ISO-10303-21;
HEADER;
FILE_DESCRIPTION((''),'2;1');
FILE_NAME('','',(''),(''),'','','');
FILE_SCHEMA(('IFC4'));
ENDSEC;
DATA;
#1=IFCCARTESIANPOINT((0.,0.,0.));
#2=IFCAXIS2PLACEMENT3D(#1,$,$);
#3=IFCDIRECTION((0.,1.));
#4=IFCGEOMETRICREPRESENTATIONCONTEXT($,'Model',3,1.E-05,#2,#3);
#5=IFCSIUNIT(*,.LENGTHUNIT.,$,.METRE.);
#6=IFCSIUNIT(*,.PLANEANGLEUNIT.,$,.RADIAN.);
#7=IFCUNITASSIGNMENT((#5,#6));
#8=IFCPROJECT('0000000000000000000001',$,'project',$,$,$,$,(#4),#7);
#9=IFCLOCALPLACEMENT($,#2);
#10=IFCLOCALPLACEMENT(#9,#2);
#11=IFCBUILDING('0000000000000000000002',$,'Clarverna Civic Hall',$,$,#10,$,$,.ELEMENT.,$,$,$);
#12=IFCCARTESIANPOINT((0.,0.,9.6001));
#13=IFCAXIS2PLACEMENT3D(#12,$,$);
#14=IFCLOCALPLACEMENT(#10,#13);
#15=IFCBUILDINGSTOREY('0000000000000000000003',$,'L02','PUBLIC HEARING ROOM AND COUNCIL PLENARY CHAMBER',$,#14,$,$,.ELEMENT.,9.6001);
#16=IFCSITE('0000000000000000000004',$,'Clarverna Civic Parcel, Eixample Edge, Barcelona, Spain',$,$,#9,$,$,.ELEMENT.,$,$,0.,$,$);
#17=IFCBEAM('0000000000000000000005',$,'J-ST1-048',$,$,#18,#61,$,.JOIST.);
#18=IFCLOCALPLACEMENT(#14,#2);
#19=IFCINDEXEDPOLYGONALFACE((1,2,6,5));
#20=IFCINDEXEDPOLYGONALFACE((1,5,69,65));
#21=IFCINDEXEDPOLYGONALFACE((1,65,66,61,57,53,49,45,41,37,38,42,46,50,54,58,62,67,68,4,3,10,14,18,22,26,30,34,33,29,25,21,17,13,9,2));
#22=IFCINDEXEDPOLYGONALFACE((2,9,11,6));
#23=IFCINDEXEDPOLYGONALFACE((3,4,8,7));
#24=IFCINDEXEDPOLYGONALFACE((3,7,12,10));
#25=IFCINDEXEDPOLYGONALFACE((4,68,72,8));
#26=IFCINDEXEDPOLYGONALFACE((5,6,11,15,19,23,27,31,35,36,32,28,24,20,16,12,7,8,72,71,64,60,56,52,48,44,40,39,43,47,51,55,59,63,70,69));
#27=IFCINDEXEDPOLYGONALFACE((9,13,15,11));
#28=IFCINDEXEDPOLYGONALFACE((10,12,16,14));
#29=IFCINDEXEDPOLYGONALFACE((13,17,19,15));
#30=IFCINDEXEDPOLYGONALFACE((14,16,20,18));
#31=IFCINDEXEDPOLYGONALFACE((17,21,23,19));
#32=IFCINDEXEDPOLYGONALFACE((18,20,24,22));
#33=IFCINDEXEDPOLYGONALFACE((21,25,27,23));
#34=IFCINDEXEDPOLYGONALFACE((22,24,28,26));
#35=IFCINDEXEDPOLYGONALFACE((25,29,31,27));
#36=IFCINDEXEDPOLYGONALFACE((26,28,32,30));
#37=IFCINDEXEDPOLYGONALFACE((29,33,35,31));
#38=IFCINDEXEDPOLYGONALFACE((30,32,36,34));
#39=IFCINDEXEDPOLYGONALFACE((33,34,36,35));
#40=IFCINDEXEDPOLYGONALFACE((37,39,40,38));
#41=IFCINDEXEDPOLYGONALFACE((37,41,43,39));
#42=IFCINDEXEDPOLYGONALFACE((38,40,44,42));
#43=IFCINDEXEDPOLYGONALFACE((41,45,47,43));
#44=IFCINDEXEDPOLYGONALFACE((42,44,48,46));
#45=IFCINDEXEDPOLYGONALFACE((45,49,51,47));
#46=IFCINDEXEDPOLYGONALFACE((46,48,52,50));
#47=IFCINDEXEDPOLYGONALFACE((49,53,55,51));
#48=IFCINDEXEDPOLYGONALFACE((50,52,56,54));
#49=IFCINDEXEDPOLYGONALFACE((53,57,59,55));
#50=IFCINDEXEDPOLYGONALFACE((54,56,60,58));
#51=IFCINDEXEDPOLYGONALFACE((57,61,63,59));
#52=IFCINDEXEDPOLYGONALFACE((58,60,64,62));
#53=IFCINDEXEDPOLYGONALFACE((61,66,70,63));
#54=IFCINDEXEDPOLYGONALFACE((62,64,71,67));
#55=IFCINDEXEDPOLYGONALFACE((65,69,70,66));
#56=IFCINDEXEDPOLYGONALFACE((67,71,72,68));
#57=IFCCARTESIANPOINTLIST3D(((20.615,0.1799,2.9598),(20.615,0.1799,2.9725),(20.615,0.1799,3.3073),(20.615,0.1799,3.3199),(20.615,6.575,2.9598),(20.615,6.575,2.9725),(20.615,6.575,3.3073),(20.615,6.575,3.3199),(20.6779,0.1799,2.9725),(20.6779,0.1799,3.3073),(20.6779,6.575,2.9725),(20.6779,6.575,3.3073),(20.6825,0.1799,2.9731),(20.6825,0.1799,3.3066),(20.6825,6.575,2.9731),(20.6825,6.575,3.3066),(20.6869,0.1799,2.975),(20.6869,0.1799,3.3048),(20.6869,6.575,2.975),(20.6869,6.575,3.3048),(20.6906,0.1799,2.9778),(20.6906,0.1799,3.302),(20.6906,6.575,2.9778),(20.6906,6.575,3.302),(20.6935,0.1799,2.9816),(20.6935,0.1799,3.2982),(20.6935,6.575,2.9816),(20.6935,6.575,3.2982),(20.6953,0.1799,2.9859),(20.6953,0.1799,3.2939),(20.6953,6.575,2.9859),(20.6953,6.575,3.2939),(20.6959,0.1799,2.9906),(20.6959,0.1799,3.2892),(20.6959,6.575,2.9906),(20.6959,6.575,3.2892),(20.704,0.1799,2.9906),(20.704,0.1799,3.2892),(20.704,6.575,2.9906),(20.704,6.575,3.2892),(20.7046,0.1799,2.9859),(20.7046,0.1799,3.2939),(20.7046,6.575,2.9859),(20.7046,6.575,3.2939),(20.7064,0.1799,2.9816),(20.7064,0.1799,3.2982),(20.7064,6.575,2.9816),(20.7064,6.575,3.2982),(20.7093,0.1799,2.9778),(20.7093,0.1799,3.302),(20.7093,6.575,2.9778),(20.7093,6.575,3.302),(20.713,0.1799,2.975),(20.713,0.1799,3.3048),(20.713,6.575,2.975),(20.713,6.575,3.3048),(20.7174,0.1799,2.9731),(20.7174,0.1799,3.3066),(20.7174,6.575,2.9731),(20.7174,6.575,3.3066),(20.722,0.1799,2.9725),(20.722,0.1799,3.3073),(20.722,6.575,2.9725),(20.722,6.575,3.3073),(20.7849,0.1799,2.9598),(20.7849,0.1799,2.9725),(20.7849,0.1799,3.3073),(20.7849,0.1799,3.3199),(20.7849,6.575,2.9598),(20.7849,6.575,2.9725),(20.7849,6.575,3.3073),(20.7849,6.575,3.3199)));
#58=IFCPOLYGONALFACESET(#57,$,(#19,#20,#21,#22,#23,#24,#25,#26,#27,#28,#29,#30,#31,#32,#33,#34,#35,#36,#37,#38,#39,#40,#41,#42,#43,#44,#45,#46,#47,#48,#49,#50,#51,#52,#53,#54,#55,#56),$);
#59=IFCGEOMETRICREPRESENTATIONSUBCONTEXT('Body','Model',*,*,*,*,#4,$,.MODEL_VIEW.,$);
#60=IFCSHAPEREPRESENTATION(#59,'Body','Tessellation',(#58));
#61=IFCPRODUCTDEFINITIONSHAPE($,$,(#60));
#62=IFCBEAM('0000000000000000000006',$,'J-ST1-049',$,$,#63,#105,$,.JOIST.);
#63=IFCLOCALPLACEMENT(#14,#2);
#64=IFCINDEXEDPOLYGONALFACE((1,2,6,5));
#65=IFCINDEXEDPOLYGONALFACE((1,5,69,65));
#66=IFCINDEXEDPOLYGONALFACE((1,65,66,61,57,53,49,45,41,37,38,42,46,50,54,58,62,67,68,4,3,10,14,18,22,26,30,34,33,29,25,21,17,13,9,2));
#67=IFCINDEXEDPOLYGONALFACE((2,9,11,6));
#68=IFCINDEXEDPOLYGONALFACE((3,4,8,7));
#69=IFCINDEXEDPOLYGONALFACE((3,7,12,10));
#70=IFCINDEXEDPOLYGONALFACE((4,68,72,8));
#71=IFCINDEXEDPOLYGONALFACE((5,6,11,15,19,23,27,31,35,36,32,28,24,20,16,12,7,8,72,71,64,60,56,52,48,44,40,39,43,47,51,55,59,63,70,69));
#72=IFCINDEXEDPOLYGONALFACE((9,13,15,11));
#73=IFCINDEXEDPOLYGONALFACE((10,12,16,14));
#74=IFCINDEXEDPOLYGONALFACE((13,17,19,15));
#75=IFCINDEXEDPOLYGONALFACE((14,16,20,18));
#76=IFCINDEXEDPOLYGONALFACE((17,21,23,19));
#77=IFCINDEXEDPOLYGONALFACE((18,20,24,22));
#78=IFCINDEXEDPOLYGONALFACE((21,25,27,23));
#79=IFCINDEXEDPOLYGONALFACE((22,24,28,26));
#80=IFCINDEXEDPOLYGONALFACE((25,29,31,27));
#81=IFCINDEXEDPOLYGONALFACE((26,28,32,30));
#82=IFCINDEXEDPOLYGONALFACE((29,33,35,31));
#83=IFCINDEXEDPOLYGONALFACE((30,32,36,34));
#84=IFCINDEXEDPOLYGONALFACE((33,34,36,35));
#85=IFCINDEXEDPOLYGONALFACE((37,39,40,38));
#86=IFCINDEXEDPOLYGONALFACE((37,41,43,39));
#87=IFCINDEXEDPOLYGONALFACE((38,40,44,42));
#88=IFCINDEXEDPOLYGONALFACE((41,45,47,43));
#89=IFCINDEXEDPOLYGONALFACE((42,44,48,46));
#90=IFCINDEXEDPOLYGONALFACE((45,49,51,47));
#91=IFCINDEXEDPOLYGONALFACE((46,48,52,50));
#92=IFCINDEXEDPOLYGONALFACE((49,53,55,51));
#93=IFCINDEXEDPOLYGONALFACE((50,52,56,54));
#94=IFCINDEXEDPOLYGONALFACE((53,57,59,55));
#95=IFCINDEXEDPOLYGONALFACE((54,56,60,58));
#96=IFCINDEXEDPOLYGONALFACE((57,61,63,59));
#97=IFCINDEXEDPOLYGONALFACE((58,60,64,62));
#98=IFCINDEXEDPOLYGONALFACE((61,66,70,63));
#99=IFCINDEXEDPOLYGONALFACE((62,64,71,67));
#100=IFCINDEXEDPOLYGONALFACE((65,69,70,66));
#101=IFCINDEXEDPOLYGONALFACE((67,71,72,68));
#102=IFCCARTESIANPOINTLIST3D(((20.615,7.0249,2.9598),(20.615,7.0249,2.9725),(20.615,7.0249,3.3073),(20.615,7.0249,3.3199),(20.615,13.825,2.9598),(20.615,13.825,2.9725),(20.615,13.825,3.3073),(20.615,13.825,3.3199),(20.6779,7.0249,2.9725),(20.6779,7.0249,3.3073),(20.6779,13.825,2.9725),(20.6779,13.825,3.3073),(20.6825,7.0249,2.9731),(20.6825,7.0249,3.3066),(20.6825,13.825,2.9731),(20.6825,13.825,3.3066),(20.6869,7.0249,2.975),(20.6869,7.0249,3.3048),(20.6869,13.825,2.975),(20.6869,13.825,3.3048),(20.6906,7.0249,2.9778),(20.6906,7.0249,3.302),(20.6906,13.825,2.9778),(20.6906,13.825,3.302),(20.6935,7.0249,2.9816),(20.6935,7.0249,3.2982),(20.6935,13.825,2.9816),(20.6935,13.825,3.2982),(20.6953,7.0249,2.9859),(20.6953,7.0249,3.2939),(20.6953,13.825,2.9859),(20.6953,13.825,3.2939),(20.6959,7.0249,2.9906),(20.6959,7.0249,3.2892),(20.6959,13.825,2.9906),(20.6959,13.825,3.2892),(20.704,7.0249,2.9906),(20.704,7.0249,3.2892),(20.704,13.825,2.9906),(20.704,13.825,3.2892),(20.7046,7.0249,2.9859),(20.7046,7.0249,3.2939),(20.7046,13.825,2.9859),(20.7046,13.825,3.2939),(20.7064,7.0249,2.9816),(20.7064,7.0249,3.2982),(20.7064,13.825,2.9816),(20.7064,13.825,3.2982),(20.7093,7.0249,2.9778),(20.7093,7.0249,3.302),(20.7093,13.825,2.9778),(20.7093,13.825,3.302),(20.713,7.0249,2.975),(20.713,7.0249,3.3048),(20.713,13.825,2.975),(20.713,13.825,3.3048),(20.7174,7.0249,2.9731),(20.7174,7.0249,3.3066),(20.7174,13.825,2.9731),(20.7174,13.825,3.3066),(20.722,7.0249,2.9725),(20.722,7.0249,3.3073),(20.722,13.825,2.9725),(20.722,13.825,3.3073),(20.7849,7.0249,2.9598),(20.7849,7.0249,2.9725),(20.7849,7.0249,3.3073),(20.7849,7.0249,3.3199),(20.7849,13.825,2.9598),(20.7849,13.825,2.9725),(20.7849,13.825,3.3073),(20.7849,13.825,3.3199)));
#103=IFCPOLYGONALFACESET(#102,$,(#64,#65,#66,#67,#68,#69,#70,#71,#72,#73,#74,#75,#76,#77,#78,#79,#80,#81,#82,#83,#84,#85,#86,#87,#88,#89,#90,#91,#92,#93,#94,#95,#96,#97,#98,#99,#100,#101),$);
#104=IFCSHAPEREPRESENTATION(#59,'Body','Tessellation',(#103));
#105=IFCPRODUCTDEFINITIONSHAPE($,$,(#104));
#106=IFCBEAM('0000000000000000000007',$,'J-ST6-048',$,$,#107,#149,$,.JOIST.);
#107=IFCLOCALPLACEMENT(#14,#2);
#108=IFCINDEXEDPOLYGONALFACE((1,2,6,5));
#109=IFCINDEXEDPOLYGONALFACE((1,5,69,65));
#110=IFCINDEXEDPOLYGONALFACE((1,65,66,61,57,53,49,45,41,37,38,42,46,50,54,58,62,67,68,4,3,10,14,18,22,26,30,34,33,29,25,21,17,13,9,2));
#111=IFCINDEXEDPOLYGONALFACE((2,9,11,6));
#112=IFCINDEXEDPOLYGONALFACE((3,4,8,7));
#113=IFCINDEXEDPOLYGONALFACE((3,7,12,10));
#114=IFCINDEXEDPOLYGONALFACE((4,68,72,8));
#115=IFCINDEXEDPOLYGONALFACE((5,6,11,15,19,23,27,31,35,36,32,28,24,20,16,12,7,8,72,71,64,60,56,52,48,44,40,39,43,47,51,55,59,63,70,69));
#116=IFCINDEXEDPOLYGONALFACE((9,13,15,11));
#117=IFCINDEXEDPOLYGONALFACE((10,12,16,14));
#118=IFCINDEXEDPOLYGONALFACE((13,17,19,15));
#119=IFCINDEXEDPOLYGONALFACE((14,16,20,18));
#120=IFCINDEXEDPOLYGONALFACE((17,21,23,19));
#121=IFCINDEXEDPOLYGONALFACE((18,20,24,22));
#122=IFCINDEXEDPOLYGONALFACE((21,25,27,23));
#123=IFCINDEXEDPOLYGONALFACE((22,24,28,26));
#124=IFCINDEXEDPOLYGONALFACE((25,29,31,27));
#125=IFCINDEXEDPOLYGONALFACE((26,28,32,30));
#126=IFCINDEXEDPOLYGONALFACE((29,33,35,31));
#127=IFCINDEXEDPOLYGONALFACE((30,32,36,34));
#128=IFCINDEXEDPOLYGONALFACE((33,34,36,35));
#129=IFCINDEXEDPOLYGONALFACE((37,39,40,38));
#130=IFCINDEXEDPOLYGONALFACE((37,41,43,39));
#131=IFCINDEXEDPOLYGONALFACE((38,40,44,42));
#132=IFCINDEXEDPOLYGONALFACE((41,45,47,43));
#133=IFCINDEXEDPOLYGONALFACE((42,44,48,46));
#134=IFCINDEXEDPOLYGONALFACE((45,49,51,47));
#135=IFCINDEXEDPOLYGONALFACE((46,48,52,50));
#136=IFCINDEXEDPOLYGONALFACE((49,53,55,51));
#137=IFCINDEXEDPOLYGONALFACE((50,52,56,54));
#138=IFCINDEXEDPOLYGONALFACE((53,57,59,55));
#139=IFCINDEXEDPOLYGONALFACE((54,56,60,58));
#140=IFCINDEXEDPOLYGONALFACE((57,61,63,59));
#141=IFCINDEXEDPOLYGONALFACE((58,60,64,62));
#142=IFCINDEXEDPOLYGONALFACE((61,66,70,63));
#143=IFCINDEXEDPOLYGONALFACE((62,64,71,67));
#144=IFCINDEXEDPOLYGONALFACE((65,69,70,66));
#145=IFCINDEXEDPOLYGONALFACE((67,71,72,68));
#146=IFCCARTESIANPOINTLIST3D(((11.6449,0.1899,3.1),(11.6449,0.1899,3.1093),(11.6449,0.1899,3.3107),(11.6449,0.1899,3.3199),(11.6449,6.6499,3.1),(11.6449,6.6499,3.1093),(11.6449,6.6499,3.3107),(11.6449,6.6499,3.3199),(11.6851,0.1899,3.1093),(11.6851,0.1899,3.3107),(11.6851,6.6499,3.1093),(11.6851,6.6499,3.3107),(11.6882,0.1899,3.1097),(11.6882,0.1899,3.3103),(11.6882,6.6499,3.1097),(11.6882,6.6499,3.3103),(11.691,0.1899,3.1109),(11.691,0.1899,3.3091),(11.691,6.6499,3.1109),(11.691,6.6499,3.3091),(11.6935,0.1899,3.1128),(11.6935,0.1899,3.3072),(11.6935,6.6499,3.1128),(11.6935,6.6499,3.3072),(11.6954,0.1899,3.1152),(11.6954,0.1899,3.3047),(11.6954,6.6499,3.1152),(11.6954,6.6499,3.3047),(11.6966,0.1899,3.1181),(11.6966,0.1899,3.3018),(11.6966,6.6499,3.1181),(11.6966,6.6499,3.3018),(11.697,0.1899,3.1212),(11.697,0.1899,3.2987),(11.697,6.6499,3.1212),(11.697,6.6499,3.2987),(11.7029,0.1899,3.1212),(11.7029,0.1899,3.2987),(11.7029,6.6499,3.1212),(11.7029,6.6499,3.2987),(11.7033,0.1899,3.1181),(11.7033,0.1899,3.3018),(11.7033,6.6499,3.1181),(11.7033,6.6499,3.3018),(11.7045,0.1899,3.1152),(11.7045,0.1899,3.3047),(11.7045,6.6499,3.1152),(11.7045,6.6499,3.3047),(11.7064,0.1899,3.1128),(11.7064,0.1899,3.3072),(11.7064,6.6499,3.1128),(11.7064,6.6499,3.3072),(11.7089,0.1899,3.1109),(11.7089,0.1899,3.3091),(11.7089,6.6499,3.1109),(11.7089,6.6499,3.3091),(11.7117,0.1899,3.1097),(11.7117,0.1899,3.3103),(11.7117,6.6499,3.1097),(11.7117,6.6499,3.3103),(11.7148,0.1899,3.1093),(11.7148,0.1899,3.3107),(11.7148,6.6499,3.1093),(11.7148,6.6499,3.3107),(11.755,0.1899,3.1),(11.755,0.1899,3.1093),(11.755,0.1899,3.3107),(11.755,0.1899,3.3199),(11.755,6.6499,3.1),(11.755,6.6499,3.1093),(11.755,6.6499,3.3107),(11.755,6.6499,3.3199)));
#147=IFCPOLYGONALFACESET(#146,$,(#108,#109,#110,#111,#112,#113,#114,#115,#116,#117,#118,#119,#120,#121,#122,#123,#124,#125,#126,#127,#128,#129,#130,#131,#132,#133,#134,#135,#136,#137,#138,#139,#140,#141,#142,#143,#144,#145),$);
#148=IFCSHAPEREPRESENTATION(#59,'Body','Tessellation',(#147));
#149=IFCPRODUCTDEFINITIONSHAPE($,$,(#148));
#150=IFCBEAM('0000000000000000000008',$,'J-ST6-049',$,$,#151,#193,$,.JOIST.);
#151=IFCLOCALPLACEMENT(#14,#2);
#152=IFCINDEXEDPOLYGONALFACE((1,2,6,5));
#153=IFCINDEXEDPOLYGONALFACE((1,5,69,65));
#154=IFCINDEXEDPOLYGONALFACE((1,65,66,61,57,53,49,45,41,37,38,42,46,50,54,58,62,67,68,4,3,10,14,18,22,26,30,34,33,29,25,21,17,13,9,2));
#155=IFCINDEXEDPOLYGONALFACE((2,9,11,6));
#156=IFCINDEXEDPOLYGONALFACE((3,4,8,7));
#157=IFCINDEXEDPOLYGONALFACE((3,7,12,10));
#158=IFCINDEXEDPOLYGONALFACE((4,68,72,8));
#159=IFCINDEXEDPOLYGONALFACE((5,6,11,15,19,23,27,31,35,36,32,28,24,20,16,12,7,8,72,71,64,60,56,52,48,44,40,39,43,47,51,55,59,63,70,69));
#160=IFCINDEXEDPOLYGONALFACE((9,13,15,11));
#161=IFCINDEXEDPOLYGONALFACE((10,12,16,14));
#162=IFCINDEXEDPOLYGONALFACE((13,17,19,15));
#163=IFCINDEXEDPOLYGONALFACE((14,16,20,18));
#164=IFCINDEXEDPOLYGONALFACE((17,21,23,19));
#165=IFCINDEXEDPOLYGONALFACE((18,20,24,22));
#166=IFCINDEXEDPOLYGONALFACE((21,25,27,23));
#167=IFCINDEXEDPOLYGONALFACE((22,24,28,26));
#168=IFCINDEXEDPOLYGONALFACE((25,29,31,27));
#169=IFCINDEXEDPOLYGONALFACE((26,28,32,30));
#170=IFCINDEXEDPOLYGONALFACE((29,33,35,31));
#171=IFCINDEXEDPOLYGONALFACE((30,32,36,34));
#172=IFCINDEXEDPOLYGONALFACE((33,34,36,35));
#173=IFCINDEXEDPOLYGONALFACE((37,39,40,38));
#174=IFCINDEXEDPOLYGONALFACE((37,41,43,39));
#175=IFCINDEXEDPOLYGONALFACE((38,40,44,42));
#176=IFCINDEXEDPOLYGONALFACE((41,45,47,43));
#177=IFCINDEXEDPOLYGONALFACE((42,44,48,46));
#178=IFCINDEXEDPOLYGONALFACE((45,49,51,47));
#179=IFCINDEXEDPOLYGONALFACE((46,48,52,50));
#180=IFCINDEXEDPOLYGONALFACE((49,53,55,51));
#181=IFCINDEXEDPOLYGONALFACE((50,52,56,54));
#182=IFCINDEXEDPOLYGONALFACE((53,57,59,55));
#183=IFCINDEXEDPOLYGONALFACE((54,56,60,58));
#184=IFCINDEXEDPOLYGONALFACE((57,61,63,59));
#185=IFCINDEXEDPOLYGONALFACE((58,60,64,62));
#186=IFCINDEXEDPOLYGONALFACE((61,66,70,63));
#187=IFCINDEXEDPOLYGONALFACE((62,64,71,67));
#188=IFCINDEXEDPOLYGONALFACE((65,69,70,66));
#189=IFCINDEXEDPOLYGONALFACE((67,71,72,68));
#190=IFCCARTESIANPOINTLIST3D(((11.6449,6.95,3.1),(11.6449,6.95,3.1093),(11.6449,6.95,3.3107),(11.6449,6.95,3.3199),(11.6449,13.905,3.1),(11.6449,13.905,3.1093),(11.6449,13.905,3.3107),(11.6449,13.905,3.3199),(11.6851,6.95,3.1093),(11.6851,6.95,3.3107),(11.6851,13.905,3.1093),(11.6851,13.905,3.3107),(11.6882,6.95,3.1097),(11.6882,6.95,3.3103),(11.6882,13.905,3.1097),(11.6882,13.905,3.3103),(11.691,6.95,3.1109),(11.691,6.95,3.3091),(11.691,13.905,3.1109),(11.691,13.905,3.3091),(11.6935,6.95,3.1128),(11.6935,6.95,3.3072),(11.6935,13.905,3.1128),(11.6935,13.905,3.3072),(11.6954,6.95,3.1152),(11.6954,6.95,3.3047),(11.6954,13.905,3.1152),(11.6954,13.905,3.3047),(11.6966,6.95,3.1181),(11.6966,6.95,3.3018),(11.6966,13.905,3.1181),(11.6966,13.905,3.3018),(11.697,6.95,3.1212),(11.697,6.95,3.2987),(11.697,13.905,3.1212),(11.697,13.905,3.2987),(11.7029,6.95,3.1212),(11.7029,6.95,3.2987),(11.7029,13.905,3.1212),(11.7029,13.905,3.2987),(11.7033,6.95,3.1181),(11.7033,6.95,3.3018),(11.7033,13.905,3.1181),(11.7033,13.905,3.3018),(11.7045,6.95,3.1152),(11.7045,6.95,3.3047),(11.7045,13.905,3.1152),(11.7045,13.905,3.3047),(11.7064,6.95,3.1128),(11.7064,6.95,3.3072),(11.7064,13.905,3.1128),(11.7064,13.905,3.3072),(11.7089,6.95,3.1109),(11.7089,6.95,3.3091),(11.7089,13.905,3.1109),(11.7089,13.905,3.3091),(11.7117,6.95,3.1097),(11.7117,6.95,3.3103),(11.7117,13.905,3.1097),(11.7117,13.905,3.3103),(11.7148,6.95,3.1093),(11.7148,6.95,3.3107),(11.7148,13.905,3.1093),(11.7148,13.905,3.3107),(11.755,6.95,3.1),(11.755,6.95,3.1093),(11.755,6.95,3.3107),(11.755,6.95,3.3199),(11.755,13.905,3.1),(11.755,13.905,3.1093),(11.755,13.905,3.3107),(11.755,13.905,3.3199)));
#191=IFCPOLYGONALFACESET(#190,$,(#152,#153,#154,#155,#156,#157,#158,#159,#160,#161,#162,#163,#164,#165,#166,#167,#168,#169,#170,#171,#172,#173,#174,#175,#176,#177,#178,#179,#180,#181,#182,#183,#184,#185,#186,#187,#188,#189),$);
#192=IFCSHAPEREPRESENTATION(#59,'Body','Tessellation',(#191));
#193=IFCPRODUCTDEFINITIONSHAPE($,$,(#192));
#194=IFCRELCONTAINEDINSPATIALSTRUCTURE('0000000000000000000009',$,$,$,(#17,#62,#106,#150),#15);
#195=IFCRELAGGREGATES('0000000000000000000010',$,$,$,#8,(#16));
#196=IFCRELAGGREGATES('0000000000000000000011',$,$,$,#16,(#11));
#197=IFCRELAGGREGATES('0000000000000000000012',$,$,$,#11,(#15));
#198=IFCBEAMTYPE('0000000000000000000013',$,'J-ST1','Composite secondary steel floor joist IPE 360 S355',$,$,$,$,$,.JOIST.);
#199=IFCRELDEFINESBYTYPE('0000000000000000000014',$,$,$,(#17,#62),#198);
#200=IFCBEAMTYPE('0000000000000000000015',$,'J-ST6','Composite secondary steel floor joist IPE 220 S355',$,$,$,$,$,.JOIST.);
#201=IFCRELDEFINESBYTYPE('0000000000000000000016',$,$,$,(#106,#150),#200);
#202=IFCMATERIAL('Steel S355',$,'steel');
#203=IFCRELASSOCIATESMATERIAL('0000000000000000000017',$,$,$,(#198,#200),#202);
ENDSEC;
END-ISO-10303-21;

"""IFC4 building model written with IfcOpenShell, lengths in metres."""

from ifc_helpers import new_model, si_unit, direction, frame, origin, origin_2d, place, context, subcontext, project, spatial, i_section, extrude, material, material_profile, profile_set, type_object, element, save


model = new_model("IFC4")

# Units and contexts
model_context = context("Model", 3, precision=1e-05, world=origin(), true_north=direction((0.0, 1.0)))
body_context = subcontext(model_context, "Body", "Model", "MODEL_VIEW")
ifc_project = project(units=[si_unit("LENGTHUNIT", "METRE"), si_unit("PLANEANGLEUNIT", "RADIAN")], contexts=[model_context])

# Site, building, storey
site_placement = place(None, origin())
site = spatial("IfcSite", under=ifc_project, at=site_placement, Name="Clarverna Civic Parcel, Eixample Edge, Barcelona, Spain", CompositionType="ELEMENT", RefElevation=0.0)
building_placement = place(site_placement, origin())
building = spatial("IfcBuilding", under=site, at=building_placement, Name="Clarverna Civic Hall", CompositionType="ELEMENT")
storey_placement = place(building_placement, frame((0.0, 0.0, 9.6001)))
storey = spatial("IfcBuildingStorey", under=building, at=storey_placement, Name="L02", Description="PUBLIC HEARING ROOM AND COUNCIL PLENARY CHAMBER", CompositionType="ELEMENT", Elevation=9.6001)

# Shared definitions
ifc_material_1 = material(Name="Steel S355", Category="steel")

# Beams
ifc_material_profile_1 = material_profile(ifc_material_1, i_section(OverallWidth=0.1699, OverallDepth=0.3601, WebThickness=0.0081, FlangeThickness=0.0127, FilletRadius=0.0181, at=origin_2d()), Name="IPE 360")
ifc_profile_set_1 = profile_set([ifc_material_profile_1], Name="Steel S355")
beam_type_1 = type_object("IfcBeamType", Name="J-ST1", Description="Composite secondary steel floor joist IPE 360 S355", PredefinedType="JOIST", material=ifc_profile_set_1)
beam_1_placement = place(storey_placement, frame((20.7, 0.1799, 3.1399), z_axis=(0.0, 1.0, 0.0), x_axis=(-1.0, 0.0, 0.0)))
element("IfcBeam", 1, at=beam_1_placement, inside=storey, type_object=beam_type_1, Name="J-ST1-048", PredefinedType="JOIST", context=body_context, shape_type="SweptSolid", body=[
    extrude(i_section(OverallWidth=0.1699, OverallDepth=0.3601, WebThickness=0.0081, FlangeThickness=0.0127, FilletRadius=0.0181, at=origin_2d()), origin(), (0.0, 0.0, 1.0), 6.395),
])
beam_2_placement = place(storey_placement, frame((20.7, 7.0249, 3.1399), z_axis=(0.0, 1.0, 0.0), x_axis=(-1.0, 0.0, 0.0)))
element("IfcBeam", 2, at=beam_2_placement, inside=storey, type_object=beam_type_1, Name="J-ST1-049", PredefinedType="JOIST", context=body_context, shape_type="SweptSolid", body=[
    extrude(i_section(OverallWidth=0.1699, OverallDepth=0.3601, WebThickness=0.0081, FlangeThickness=0.0127, FilletRadius=0.0181, at=origin_2d()), origin(), (0.0, 0.0, 1.0), 6.8),
])
ifc_material_profile_2 = material_profile(ifc_material_1, i_section(OverallWidth=0.1101, OverallDepth=0.22, WebThickness=0.0059, FlangeThickness=0.0093, FilletRadius=0.012, at=origin_2d()), Name="IPE 220")
ifc_profile_set_2 = profile_set([ifc_material_profile_2], Name="Steel S355")
beam_type_2 = type_object("IfcBeamType", Name="J-ST6", Description="Composite secondary steel floor joist IPE 220 S355", PredefinedType="JOIST", material=ifc_profile_set_2)
beam_3_placement = place(storey_placement, frame((11.7, 0.1899, 3.21), z_axis=(0.0, 1.0, 0.0), x_axis=(-1.0, 0.0, 0.0)))
element("IfcBeam", 3, at=beam_3_placement, inside=storey, type_object=beam_type_2, Name="J-ST6-048", PredefinedType="JOIST", context=body_context, shape_type="SweptSolid", body=[
    extrude(i_section(OverallWidth=0.1101, OverallDepth=0.22, WebThickness=0.0059, FlangeThickness=0.0093, FilletRadius=0.012, at=origin_2d()), origin(), (0.0, 0.0, 1.0), 6.46),
])
beam_4_placement = place(storey_placement, frame((11.7, 6.95, 3.21), z_axis=(0.0, 1.0, 0.0), x_axis=(-1.0, 0.0, 0.0)))
element("IfcBeam", 4, at=beam_4_placement, inside=storey, type_object=beam_type_2, Name="J-ST6-049", PredefinedType="JOIST", context=body_context, shape_type="SweptSolid", body=[
    extrude(i_section(OverallWidth=0.1101, OverallDepth=0.22, WebThickness=0.0059, FlangeThickness=0.0093, FilletRadius=0.012, at=origin_2d()), origin(), (0.0, 0.0, 1.0), 6.9551),
])

save(model, "model.ifc")
